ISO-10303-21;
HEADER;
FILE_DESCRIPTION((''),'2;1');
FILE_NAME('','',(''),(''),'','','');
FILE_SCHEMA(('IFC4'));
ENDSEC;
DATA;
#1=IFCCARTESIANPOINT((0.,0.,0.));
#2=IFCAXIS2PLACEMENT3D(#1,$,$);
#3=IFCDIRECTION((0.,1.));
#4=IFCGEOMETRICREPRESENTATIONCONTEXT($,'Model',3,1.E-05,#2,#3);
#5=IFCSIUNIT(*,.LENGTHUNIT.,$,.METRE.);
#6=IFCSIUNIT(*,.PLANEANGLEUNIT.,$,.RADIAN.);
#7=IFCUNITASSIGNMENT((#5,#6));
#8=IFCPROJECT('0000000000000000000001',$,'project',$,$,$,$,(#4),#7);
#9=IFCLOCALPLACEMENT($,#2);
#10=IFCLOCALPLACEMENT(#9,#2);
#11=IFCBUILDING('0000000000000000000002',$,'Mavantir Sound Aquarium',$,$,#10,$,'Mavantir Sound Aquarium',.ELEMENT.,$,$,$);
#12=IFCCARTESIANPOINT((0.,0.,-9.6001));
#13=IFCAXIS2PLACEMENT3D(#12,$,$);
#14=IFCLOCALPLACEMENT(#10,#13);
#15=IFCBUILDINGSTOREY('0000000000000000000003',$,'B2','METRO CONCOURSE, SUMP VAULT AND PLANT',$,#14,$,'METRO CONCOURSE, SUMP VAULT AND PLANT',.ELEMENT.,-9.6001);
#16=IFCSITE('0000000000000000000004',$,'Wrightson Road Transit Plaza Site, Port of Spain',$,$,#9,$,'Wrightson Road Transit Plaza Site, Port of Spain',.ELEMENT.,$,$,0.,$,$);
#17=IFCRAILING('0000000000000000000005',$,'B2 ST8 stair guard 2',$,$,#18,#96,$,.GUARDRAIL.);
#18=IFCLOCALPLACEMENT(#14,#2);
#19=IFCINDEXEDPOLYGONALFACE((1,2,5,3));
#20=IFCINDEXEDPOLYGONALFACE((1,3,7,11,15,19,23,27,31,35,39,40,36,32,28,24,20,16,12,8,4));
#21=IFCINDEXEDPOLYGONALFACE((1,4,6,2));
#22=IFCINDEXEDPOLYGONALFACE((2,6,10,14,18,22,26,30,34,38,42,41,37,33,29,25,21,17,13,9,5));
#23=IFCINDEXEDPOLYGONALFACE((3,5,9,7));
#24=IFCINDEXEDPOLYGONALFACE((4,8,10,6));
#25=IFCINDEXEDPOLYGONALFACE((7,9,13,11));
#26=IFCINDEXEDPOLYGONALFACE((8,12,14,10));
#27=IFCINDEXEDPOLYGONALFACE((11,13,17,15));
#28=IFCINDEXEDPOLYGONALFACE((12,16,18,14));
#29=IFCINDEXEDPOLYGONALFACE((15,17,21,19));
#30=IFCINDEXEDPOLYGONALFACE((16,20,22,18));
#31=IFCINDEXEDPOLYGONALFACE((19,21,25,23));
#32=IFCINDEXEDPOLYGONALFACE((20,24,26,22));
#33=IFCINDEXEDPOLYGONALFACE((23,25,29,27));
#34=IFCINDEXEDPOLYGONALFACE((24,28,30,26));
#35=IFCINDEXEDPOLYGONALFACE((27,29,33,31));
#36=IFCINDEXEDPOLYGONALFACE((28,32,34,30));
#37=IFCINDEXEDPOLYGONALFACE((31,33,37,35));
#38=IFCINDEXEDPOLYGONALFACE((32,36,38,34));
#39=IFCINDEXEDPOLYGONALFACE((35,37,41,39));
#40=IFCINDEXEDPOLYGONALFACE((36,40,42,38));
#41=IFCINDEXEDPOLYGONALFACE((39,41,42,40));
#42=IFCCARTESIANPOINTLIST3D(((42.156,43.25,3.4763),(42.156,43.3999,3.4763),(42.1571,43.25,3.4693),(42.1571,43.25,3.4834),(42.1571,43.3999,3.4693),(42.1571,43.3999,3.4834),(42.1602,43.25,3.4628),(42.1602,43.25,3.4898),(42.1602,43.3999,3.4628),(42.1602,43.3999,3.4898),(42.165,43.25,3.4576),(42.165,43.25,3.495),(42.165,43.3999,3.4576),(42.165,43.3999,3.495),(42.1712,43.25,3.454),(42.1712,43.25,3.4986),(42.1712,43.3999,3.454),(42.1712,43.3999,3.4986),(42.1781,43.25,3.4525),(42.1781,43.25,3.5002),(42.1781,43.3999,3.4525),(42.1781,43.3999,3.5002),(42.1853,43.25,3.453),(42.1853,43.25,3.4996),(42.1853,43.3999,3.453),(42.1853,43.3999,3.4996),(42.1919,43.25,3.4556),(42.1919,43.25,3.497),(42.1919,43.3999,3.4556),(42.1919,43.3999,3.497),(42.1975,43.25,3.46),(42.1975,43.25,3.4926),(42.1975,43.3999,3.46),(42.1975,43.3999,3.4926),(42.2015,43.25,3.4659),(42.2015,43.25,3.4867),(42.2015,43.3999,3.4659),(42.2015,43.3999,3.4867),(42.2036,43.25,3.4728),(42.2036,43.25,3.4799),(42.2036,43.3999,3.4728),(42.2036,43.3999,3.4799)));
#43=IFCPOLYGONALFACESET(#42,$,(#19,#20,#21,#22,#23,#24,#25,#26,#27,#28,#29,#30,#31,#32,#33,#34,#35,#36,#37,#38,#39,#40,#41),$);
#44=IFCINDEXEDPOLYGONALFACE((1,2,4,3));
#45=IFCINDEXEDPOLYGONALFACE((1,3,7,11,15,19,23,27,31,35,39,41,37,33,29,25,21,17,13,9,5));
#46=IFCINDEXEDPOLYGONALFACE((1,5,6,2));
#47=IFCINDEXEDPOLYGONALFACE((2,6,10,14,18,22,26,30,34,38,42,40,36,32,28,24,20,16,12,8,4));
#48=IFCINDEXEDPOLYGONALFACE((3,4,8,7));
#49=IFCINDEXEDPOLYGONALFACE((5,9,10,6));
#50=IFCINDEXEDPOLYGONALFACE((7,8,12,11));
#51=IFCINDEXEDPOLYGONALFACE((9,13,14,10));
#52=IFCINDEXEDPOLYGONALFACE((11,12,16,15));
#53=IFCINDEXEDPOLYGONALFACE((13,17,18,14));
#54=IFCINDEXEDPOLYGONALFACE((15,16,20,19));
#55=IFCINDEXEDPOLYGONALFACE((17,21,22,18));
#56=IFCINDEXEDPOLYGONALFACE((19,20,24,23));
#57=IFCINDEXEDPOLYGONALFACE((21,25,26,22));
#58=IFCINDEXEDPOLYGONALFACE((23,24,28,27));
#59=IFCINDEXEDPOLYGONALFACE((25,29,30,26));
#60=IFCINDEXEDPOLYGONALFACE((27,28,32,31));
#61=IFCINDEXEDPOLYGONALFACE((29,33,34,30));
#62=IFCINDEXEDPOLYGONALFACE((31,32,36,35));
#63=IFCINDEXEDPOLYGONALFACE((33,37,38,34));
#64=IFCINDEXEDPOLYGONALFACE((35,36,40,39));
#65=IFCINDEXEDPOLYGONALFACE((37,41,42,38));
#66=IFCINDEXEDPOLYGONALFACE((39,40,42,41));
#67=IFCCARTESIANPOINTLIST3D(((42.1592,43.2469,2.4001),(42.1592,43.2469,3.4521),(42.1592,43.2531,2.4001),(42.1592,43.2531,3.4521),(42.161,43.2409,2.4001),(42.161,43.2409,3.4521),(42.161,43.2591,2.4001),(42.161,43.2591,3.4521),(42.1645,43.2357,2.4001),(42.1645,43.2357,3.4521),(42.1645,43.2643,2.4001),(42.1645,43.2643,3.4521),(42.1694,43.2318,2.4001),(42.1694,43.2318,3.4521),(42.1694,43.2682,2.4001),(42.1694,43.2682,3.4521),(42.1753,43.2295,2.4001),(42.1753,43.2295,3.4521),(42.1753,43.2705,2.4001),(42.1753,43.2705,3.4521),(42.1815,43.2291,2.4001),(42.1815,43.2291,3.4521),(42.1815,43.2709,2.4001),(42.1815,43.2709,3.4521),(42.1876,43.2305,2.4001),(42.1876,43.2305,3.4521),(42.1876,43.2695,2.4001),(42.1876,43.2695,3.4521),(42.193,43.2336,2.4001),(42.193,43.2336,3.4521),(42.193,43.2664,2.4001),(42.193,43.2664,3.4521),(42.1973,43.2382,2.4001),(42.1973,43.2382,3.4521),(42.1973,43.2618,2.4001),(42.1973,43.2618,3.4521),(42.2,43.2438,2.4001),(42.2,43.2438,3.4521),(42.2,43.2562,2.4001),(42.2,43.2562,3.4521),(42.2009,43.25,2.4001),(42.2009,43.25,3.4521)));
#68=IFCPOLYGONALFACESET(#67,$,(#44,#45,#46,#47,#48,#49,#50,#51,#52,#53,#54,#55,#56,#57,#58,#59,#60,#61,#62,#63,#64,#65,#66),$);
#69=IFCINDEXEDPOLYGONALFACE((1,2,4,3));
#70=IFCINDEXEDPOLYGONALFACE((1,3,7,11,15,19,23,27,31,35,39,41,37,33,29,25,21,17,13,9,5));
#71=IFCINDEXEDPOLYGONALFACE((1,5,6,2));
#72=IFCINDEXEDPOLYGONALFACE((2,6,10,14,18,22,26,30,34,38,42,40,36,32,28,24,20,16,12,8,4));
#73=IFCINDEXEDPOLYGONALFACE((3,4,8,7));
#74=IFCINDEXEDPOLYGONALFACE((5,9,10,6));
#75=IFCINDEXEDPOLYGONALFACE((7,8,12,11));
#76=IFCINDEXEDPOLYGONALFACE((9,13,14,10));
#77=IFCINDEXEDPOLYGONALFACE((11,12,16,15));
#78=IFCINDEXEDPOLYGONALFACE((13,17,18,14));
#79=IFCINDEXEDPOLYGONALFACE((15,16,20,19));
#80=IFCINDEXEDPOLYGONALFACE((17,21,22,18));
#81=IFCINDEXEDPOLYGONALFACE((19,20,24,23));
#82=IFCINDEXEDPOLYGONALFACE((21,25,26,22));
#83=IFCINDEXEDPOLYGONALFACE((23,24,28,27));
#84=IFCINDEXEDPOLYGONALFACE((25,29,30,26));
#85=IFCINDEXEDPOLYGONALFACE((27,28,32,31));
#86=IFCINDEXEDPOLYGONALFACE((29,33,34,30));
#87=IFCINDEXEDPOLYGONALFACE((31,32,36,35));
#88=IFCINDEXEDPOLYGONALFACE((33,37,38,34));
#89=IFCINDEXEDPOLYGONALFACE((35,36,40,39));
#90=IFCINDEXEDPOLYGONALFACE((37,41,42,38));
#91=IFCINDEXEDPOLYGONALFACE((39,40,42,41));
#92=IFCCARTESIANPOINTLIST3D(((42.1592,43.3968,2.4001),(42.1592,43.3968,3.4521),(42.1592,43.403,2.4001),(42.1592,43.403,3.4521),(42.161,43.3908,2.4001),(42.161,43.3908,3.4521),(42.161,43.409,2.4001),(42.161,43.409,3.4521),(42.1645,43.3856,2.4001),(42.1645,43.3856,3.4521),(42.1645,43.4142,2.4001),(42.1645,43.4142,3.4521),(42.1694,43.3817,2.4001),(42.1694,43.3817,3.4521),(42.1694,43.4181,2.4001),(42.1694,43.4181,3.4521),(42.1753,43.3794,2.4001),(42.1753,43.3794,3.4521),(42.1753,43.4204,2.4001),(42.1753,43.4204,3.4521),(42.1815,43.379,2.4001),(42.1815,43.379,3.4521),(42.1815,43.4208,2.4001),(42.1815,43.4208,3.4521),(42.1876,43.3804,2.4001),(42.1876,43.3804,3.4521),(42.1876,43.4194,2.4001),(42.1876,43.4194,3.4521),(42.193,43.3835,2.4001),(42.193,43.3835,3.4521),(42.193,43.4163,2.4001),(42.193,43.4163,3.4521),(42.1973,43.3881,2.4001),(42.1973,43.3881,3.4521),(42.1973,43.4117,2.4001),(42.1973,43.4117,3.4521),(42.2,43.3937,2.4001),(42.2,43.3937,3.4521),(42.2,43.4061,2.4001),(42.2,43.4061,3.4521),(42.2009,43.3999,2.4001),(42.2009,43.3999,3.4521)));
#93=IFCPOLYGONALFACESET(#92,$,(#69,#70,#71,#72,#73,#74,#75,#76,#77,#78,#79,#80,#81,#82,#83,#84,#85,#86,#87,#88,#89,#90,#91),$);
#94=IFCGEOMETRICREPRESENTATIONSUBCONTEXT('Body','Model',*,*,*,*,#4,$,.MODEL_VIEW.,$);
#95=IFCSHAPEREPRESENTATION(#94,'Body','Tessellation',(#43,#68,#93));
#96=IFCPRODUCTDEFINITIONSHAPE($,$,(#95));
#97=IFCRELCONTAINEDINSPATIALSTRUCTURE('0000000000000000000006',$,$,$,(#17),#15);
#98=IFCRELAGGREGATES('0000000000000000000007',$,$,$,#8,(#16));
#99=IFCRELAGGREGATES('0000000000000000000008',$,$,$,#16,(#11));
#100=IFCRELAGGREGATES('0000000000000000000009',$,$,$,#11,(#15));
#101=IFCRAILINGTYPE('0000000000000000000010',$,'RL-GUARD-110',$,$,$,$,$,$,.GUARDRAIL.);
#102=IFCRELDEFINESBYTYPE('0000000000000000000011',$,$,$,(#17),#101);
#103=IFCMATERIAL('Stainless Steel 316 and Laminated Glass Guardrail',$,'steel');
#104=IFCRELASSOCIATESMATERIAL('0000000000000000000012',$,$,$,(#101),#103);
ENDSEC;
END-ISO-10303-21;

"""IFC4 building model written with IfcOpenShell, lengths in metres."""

from ifc_helpers import new_model, si_unit, direction, frame, origin, origin_2d, place, context, subcontext, project, spatial, circle, extrude, material, type_object, element, save


model = new_model("IFC4")

# Units and contexts
model_context = context("Model", 3, precision=1e-05, world=origin(), true_north=direction((0.0, 1.0)))
body_context = subcontext(model_context, "Body", "Model", "MODEL_VIEW")
ifc_project = project(units=[si_unit("LENGTHUNIT", "METRE"), si_unit("PLANEANGLEUNIT", "RADIAN")], contexts=[model_context])

# Site, building, storey
site_placement = place(None, origin())
site = spatial("IfcSite", under=ifc_project, at=site_placement, Name="Wrightson Road Transit Plaza Site, Port of Spain", LongName="Wrightson Road Transit Plaza Site, Port of Spain", CompositionType="ELEMENT", RefElevation=0.0)
building_placement = place(site_placement, origin())
building = spatial("IfcBuilding", under=site, at=building_placement, Name="Mavantir Sound Aquarium", LongName="Mavantir Sound Aquarium", CompositionType="ELEMENT")
storey_placement = place(building_placement, frame((0.0, 0.0, -9.6001)))
storey = spatial("IfcBuildingStorey", under=building, at=storey_placement, Name="B2", Description="METRO CONCOURSE, SUMP VAULT AND PLANT", LongName="METRO CONCOURSE, SUMP VAULT AND PLANT", CompositionType="ELEMENT", Elevation=-9.6001)

# Railing
ifc_material_1 = material(Name="Stainless Steel 316 and Laminated Glass Guardrail", Category="steel")
railing_type_1 = type_object("IfcRailingType", Name="RL-GUARD-110", PredefinedType="GUARDRAIL", material=ifc_material_1)
railing_1_placement = place(storey_placement, frame((42.1799, 43.25, 2.4001)))
element("IfcRailing", 1, at=railing_1_placement, inside=storey, type_object=railing_type_1, Name="B2 ST8 stair guard 2", PredefinedType="GUARDRAIL", context=body_context, shape_type="SweptSolid", body=[
    extrude(circle(Radius=0.0239, at=origin_2d()), frame((0.0, 0.0, 1.0762), z_axis=(0.0, 1.0, 0.0), x_axis=(-1.0, 0.0, 0.0)), (0.0, 0.0, 1.0), 0.1499),
    extrude(circle(Radius=0.021, at=origin_2d()), origin(), (0.0, 0.0, 1.0), 1.052),
    extrude(circle(Radius=0.021, at=origin_2d()), frame((0.0, 0.1499, 0.0)), (0.0, 0.0, 1.0), 1.052),
])

save(model, "model.ifc")
